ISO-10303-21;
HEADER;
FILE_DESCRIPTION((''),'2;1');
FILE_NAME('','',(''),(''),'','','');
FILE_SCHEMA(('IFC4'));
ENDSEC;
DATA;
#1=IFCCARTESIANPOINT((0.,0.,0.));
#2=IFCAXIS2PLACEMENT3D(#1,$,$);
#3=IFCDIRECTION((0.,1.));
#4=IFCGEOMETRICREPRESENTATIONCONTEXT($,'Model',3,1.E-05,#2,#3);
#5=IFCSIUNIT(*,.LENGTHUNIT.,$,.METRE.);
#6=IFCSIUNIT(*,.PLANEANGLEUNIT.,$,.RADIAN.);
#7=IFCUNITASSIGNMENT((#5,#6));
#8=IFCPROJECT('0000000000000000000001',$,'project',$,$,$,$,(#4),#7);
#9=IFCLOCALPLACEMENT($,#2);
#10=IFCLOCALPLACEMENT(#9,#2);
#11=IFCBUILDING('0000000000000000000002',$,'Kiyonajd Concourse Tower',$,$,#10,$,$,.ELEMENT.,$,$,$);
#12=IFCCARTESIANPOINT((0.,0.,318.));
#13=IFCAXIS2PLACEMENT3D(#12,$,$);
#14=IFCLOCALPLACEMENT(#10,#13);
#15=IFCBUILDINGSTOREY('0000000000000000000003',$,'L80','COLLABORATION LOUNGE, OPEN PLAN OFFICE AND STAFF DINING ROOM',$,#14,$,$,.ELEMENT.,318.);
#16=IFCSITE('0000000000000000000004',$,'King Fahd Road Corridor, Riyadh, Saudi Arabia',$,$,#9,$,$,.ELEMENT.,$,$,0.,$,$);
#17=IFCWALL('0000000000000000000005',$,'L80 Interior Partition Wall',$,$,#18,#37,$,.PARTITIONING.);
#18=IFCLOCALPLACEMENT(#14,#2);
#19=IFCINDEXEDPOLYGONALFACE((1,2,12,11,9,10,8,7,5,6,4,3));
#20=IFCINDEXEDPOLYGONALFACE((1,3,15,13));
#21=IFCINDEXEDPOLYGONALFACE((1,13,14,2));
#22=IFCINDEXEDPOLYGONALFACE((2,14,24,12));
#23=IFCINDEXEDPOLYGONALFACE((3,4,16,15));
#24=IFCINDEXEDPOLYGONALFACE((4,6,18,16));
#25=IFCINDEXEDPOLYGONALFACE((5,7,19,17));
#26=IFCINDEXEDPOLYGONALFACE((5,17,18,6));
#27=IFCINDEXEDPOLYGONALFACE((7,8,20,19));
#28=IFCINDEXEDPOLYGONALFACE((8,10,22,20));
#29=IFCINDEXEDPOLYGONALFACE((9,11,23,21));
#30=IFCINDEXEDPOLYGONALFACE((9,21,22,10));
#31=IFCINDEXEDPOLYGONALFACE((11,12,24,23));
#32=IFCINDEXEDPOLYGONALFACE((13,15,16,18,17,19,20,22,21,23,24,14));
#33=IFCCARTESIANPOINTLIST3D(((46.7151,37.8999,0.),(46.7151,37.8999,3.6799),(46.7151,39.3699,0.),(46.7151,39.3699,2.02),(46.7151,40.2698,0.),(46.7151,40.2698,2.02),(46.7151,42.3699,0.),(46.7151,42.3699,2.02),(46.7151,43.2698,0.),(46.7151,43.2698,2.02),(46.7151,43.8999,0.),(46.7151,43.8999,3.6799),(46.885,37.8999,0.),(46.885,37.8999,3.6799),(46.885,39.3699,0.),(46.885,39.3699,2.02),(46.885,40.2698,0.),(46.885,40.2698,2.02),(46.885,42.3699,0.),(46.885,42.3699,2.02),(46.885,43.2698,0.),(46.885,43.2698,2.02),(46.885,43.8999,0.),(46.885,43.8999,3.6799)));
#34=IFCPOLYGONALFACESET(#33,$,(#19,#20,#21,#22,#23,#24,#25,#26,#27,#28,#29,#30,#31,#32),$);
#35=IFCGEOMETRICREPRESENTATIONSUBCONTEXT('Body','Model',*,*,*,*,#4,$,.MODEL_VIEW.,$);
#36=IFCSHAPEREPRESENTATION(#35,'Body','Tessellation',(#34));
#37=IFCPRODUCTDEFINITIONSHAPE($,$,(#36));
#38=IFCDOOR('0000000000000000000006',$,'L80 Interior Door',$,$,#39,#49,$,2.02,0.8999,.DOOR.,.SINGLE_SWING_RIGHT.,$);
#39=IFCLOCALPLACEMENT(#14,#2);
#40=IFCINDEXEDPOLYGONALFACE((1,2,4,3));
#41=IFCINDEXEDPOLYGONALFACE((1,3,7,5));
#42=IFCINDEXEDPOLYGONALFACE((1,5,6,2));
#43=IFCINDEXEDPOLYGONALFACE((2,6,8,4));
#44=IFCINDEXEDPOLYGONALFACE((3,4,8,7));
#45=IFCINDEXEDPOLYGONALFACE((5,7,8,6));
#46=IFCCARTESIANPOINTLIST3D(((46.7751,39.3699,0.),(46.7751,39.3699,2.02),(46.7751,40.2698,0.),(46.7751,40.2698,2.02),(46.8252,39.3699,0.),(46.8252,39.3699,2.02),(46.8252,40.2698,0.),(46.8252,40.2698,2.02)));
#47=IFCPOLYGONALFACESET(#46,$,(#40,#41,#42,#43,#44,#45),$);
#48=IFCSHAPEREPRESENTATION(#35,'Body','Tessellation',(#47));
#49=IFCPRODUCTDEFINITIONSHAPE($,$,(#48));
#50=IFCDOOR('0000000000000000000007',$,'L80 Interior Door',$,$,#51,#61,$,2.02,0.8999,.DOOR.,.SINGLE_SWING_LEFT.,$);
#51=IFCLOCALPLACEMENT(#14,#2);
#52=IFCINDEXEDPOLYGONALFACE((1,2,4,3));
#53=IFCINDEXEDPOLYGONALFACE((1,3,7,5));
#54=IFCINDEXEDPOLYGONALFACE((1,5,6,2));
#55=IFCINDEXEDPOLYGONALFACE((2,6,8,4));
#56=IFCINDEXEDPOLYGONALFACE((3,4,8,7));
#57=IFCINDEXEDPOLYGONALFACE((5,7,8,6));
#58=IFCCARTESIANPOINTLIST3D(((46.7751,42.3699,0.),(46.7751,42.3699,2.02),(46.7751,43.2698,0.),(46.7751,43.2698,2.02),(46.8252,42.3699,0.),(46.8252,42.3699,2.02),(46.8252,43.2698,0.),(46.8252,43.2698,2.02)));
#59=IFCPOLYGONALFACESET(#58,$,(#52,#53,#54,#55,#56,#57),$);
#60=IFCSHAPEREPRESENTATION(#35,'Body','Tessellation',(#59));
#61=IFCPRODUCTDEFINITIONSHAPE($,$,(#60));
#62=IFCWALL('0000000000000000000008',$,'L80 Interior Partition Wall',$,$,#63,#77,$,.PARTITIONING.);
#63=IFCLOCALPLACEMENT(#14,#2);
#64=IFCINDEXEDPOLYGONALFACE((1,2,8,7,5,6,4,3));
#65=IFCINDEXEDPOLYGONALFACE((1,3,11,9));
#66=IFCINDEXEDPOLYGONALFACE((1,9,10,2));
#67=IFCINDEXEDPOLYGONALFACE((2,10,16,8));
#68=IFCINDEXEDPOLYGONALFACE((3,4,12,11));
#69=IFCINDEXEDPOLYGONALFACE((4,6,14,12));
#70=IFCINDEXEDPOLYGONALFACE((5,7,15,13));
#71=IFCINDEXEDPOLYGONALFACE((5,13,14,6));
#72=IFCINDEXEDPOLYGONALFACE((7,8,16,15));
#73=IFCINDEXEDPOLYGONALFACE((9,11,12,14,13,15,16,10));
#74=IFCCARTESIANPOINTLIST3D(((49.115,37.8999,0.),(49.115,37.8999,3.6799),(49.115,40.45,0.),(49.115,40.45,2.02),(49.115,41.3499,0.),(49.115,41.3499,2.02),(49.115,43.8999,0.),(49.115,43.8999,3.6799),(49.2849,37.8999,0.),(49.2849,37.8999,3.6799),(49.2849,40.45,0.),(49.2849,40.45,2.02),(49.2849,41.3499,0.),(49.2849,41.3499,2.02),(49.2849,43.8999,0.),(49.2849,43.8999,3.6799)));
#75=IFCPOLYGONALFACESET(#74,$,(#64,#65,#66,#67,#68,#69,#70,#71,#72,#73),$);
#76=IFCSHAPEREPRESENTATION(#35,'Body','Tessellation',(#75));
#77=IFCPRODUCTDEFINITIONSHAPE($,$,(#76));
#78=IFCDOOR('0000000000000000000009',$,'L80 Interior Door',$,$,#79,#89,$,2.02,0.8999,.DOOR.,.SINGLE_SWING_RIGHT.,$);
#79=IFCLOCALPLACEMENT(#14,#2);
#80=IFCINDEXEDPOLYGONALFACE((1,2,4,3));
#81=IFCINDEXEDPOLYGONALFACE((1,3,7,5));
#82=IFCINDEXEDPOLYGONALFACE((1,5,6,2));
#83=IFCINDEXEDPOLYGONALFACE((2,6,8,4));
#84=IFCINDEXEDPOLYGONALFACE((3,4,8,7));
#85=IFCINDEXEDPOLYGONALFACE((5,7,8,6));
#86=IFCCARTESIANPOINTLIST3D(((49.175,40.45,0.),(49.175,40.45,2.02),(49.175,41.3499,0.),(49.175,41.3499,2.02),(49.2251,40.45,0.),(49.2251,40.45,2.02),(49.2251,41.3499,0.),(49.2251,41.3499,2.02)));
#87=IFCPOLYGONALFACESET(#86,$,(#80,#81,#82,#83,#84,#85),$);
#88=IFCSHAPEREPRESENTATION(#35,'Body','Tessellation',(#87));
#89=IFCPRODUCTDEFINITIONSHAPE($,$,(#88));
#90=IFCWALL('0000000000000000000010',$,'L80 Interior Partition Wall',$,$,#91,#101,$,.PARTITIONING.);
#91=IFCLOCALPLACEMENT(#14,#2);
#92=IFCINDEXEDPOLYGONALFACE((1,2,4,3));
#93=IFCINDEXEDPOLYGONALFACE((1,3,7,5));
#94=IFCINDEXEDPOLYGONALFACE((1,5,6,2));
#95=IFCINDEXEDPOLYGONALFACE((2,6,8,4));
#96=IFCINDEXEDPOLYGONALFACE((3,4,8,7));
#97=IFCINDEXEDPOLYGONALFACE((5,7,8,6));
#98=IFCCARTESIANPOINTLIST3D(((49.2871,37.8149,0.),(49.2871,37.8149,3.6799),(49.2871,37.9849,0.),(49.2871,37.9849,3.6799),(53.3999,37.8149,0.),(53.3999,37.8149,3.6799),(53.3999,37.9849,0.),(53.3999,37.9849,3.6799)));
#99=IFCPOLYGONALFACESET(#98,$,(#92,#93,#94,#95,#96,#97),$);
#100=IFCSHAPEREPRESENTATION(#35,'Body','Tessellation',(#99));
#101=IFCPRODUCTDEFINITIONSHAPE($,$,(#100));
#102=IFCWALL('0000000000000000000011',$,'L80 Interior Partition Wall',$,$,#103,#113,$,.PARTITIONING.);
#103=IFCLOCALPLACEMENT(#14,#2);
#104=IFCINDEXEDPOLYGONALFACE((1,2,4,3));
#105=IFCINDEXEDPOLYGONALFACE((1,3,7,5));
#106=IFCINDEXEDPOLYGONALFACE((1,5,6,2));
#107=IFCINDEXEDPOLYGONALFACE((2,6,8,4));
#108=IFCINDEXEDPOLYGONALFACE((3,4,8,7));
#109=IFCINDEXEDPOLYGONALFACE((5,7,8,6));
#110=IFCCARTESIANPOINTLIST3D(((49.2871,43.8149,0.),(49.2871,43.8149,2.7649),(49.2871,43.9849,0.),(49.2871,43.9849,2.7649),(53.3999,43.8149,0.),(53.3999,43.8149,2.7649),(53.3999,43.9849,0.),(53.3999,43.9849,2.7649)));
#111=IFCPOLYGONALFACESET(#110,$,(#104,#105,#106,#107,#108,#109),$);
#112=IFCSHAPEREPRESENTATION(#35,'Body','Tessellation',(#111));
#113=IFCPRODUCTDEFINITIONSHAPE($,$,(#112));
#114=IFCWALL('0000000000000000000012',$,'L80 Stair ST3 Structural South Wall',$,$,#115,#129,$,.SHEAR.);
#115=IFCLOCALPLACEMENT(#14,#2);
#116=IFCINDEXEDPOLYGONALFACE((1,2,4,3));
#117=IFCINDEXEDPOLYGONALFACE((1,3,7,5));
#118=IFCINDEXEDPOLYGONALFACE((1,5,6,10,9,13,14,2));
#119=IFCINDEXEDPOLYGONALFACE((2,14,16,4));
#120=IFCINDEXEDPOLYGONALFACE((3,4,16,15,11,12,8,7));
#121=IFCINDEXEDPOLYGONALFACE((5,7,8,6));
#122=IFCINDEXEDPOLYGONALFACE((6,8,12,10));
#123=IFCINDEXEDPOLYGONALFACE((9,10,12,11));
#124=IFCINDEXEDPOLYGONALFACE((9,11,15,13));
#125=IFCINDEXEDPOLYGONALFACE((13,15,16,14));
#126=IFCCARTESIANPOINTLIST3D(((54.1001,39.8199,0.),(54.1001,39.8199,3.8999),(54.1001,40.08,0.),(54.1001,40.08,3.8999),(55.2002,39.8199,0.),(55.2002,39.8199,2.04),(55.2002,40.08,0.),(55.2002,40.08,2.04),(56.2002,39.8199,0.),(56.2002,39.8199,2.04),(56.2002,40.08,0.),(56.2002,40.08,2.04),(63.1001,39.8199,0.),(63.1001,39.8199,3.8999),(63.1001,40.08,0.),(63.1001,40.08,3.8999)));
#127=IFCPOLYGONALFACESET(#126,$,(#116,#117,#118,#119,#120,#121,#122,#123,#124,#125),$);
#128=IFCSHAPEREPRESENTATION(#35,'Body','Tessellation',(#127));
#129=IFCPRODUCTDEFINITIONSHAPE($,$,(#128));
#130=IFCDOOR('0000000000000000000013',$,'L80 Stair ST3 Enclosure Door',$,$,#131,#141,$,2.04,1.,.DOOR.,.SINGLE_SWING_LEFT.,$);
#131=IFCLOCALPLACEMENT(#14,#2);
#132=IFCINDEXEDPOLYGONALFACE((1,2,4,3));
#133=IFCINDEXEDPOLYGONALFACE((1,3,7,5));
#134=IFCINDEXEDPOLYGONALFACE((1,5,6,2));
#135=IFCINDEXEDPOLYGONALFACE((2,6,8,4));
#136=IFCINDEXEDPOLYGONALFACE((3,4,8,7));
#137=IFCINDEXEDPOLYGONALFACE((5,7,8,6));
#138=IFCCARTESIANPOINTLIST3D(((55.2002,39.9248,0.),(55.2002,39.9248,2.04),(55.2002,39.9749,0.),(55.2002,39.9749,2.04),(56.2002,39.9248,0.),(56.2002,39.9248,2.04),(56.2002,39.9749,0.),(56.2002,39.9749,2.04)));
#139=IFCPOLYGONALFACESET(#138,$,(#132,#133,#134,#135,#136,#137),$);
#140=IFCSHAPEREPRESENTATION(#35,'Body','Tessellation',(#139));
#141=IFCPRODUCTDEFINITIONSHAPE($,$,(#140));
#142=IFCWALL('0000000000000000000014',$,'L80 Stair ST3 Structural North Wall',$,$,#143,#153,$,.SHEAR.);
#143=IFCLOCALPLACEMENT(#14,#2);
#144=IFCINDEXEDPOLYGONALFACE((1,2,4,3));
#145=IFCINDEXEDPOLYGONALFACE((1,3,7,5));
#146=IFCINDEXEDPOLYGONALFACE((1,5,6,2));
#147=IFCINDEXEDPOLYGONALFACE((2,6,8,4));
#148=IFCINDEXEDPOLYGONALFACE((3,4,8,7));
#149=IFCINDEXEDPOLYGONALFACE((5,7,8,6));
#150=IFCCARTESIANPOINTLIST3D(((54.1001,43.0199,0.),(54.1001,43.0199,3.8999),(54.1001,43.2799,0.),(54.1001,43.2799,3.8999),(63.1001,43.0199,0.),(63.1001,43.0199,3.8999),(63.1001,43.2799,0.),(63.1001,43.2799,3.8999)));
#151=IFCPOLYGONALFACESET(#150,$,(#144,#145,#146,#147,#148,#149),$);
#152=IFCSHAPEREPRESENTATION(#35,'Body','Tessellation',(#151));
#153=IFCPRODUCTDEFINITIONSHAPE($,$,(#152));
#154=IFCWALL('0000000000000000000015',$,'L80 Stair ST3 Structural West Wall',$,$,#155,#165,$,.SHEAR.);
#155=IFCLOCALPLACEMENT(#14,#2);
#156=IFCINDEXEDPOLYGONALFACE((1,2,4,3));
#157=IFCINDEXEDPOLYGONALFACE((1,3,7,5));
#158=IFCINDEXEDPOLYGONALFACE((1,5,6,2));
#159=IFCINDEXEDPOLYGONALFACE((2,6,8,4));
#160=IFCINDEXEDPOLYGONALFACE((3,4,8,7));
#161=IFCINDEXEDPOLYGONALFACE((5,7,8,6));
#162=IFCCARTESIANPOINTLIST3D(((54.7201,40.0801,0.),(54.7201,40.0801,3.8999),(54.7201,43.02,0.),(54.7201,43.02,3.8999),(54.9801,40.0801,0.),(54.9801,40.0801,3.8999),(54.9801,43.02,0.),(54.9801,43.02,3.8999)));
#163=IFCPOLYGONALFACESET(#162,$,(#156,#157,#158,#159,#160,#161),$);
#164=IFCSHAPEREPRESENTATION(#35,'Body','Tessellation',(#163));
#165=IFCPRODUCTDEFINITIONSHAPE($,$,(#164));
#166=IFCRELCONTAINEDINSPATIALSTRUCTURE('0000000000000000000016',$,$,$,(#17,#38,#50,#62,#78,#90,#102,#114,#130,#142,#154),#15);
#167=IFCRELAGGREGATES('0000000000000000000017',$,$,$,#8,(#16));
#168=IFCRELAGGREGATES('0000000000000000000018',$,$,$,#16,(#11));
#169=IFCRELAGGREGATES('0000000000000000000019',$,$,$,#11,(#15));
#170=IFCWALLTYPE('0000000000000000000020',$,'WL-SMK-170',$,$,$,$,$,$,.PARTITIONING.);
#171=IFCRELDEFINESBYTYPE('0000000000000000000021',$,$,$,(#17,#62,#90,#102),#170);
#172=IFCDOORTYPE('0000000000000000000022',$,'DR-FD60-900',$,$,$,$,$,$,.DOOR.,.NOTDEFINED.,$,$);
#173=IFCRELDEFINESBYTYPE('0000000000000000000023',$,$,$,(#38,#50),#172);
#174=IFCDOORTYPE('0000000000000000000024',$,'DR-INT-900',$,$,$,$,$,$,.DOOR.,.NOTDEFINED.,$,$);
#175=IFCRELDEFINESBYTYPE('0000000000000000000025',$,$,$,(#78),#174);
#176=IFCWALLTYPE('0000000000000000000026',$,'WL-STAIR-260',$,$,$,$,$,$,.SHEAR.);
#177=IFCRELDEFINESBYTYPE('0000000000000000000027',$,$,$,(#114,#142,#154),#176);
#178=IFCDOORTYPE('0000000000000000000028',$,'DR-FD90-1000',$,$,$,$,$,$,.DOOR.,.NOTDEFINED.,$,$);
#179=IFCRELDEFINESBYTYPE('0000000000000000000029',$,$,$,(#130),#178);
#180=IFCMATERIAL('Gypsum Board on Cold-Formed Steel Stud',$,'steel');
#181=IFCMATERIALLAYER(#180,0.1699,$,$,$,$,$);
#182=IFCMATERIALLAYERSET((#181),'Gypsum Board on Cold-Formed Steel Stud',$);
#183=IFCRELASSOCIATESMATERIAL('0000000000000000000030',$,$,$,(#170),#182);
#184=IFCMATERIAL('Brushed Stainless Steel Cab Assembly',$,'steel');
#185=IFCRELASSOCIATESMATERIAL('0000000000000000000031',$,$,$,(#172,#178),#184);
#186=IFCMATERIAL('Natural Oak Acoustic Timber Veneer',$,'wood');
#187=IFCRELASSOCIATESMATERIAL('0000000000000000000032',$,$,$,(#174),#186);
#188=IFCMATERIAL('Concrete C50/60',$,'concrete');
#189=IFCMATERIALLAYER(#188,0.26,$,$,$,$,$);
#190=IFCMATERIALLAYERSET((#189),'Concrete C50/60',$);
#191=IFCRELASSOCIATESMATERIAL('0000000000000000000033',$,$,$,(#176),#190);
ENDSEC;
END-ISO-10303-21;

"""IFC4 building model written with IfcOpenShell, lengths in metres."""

from ifc_helpers import new_model, si_unit, direction, frame, frame_2d, origin, place, context, subcontext, project, spatial, rectangle, extrude, material, layer, layer_set, type_object, element, fill, save


model = new_model("IFC4")

# Units and contexts
model_context = context("Model", 3, precision=1e-05, world=origin(), true_north=direction((0.0, 1.0)))
body_context = subcontext(model_context, "Body", "Model", "MODEL_VIEW")
ifc_project = project(units=[si_unit("LENGTHUNIT", "METRE"), si_unit("PLANEANGLEUNIT", "RADIAN")], contexts=[model_context])

# Site, building, storey
site_placement = place(None, origin())
site = spatial("IfcSite", under=ifc_project, at=site_placement, Name="King Fahd Road Corridor, Riyadh, Saudi Arabia", CompositionType="ELEMENT", RefElevation=0.0)
building_placement = place(site_placement, origin())
building = spatial("IfcBuilding", under=site, at=building_placement, Name="Kiyonajd Concourse Tower", CompositionType="ELEMENT")
storey_placement = place(building_placement, frame((0.0, 0.0, 318.0)))
storey = spatial("IfcBuildingStorey", under=building, at=storey_placement, Name="L80", Description="COLLABORATION LOUNGE, OPEN PLAN OFFICE AND STAFF DINING ROOM", CompositionType="ELEMENT", Elevation=318.0)

# Shared definitions
ifc_material_1 = material(Name="Concrete C50/60", Category="concrete")

# Shared definitions
ifc_material_2 = material(Name="Gypsum Board on Cold-Formed Steel Stud", Category="steel")
ifc_material_3 = material(Name="Brushed Stainless Steel Cab Assembly", Category="steel")

# Wall, openings, doors
ifc_layer_1 = layer(ifc_material_2, 0.1699)
ifc_layer_set_1 = layer_set([ifc_layer_1], Name="Gypsum Board on Cold-Formed Steel Stud")
wall_type_1 = type_object("IfcWallType", Name="WL-SMK-170", PredefinedType="PARTITIONING", material=ifc_layer_set_1)
wall_1_placement = place(storey_placement, frame((46.8, 37.8999, 0.0), z_axis=(0.0, 0.0, 1.0), x_axis=(0.0, 1.0, 0.0)))
wall_1 = element("IfcWall", 1, at=wall_1_placement, inside=storey, type_object=wall_type_1, Name="L80 Interior Partition Wall", PredefinedType="PARTITIONING", context=body_context, shape_type="SweptSolid", body=[
    extrude(rectangle(XDim=6.0, YDim=0.1699, at=frame_2d((3.0, 0.0))), origin(), (0.0, 0.0, 1.0), 3.6799),
])
opening_1_placement = place(wall_1_placement, frame((1.47, 0.0, 0.0)))
opening_1 = element("IfcOpeningElement", 2, at=opening_1_placement, cuts=wall_1, PredefinedType="OPENING", context=body_context, shape_type="SweptSolid", body=[
    extrude(rectangle(XDim=0.8999, YDim=2.02, at=frame_2d((0.45, 1.01))), frame((0.0, 0.095, 0.0), z_axis=(0.0, -1.0, 0.0), x_axis=(1.0, 0.0, 0.0)), (0.0, 0.0, 1.0), 0.1899),
])
opening_2_placement = place(wall_1_placement, frame((4.47, 0.0, 0.0)))
opening_2 = element("IfcOpeningElement", 3, at=opening_2_placement, cuts=wall_1, PredefinedType="OPENING", context=body_context, shape_type="SweptSolid", body=[
    extrude(rectangle(XDim=0.8999, YDim=2.02, at=frame_2d((0.45, 1.01))), frame((0.0, 0.095, 0.0), z_axis=(0.0, -1.0, 0.0), x_axis=(1.0, 0.0, 0.0)), (0.0, 0.0, 1.0), 0.1899),
])
door_type_1 = type_object("IfcDoorType", Name="DR-FD60-900", OperationType="NOTDEFINED", PredefinedType="DOOR", material=ifc_material_3)
door_1_placement = place(opening_1_placement, origin())
door_1 = element("IfcDoor", 4, at=door_1_placement, inside=storey, type_object=door_type_1, Name="L80 Interior Door", OperationType="SINGLE_SWING_RIGHT", OverallHeight=2.02, OverallWidth=0.8999, PredefinedType="DOOR", context=body_context, shape_type="SweptSolid", body=[
    extrude(rectangle(XDim=0.8999, YDim=2.02, at=frame_2d((0.45, 1.01))), frame((0.0, 0.0249, 0.0), z_axis=(0.0, -1.0, 0.0), x_axis=(1.0, 0.0, 0.0)), (0.0, 0.0, 1.0), 0.05),
])
fill(opening_1, door_1)
door_2_placement = place(opening_2_placement, origin())
door_2 = element("IfcDoor", 5, at=door_2_placement, inside=storey, type_object=door_type_1, Name="L80 Interior Door", OperationType="SINGLE_SWING_LEFT", OverallHeight=2.02, OverallWidth=0.8999, PredefinedType="DOOR", context=body_context, shape_type="SweptSolid", body=[
    extrude(rectangle(XDim=0.8999, YDim=2.02, at=frame_2d((0.45, 1.01))), frame((0.0, 0.0249, 0.0), z_axis=(0.0, -1.0, 0.0), x_axis=(1.0, 0.0, 0.0)), (0.0, 0.0, 1.0), 0.05),
])
fill(opening_2, door_2)

# Wall, opening, door
wall_2_placement = place(storey_placement, frame((49.2, 37.8999, 0.0), z_axis=(0.0, 0.0, 1.0), x_axis=(0.0, 1.0, 0.0)))
wall_2 = element("IfcWall", 6, at=wall_2_placement, inside=storey, type_object=wall_type_1, Name="L80 Interior Partition Wall", PredefinedType="PARTITIONING", context=body_context, shape_type="SweptSolid", body=[
    extrude(rectangle(XDim=6.0, YDim=0.1699, at=frame_2d((3.0, 0.0))), origin(), (0.0, 0.0, 1.0), 3.6799),
])
opening_3_placement = place(wall_2_placement, frame((2.55, 0.0, 0.0)))
opening_3 = element("IfcOpeningElement", 7, at=opening_3_placement, cuts=wall_2, PredefinedType="OPENING", context=body_context, shape_type="SweptSolid", body=[
    extrude(rectangle(XDim=0.8999, YDim=2.02, at=frame_2d((0.45, 1.01))), frame((0.0, 0.095, 0.0), z_axis=(0.0, -1.0, 0.0), x_axis=(1.0, 0.0, 0.0)), (0.0, 0.0, 1.0), 0.1899),
])
ifc_material_4 = material(Name="Natural Oak Acoustic Timber Veneer", Category="wood")
door_type_2 = type_object("IfcDoorType", Name="DR-INT-900", OperationType="NOTDEFINED", PredefinedType="DOOR", material=ifc_material_4)
door_3_placement = place(opening_3_placement, origin())
door_3 = element("IfcDoor", 8, at=door_3_placement, inside=storey, type_object=door_type_2, Name="L80 Interior Door", OperationType="SINGLE_SWING_RIGHT", OverallHeight=2.02, OverallWidth=0.8999, PredefinedType="DOOR", context=body_context, shape_type="SweptSolid", body=[
    extrude(rectangle(XDim=0.8999, YDim=2.02, at=frame_2d((0.45, 1.01))), frame((0.0, 0.0249, 0.0), z_axis=(0.0, -1.0, 0.0), x_axis=(1.0, 0.0, 0.0)), (0.0, 0.0, 1.0), 0.05),
])
fill(opening_3, door_3)

# Walls
wall_3_placement = place(storey_placement, frame((49.2871, 37.8999, 0.0), z_axis=(0.0, 0.0, 1.0), x_axis=(1.0, 0.0, 0.0)))
element("IfcWall", 9, at=wall_3_placement, inside=storey, type_object=wall_type_1, Name="L80 Interior Partition Wall", PredefinedType="PARTITIONING", context=body_context, shape_type="SweptSolid", body=[
    extrude(rectangle(XDim=4.1128, YDim=0.1699, at=frame_2d((2.0564, 0.0))), origin(), (0.0, 0.0, 1.0), 3.6799),
])
wall_4_placement = place(storey_placement, frame((49.2871, 43.8999, 0.0), z_axis=(0.0, 0.0, 1.0), x_axis=(1.0, 0.0, 0.0)))
element("IfcWall", 10, at=wall_4_placement, inside=storey, type_object=wall_type_1, Name="L80 Interior Partition Wall", PredefinedType="PARTITIONING", context=body_context, shape_type="SweptSolid", body=[
    extrude(rectangle(XDim=4.1128, YDim=0.1699, at=frame_2d((2.0564, 0.0))), origin(), (0.0, 0.0, 1.0), 2.7649),
])

# Wall, opening, door
ifc_layer_2 = layer(ifc_material_1, 0.26)
ifc_layer_set_2 = layer_set([ifc_layer_2], Name="Concrete C50/60")
wall_type_2 = type_object("IfcWallType", Name="WL-STAIR-260", PredefinedType="SHEAR", material=ifc_layer_set_2)
wall_5_placement = place(storey_placement, frame((54.1001, 39.95, 0.0), z_axis=(0.0, 0.0, 1.0), x_axis=(1.0, 0.0, 0.0)))
wall_5 = element("IfcWall", 11, at=wall_5_placement, inside=storey, type_object=wall_type_2, Name="L80 Stair ST3 Structural South Wall", PredefinedType="SHEAR", context=body_context, shape_type="SweptSolid", body=[
    extrude(rectangle(XDim=9.0, YDim=0.26, at=frame_2d((4.5, 0.0))), origin(), (0.0, 0.0, 1.0), 3.8999),
])
opening_4_placement = place(wall_5_placement, frame((1.1001, 0.0, 0.0)))
opening_4 = element("IfcOpeningElement", 12, at=opening_4_placement, cuts=wall_5, PredefinedType="OPENING", context=body_context, shape_type="SweptSolid", body=[
    extrude(rectangle(XDim=1.0, YDim=2.04, at=frame_2d((0.5, 1.02))), frame((0.0, 0.1399, 0.0), z_axis=(0.0, -1.0, 0.0), x_axis=(1.0, 0.0, 0.0)), (0.0, 0.0, 1.0), 0.28),
])
door_type_3 = type_object("IfcDoorType", Name="DR-FD90-1000", OperationType="NOTDEFINED", PredefinedType="DOOR", material=ifc_material_3)
door_4_placement = place(opening_4_placement, origin())
door_4 = element("IfcDoor", 13, at=door_4_placement, inside=storey, type_object=door_type_3, Name="L80 Stair ST3 Enclosure Door", OperationType="SINGLE_SWING_LEFT", OverallHeight=2.04, OverallWidth=1.0, PredefinedType="DOOR", context=body_context, shape_type="SweptSolid", body=[
    extrude(rectangle(XDim=1.0, YDim=2.04, at=frame_2d((0.5, 1.02))), frame((0.0, 0.0249, 0.0), z_axis=(0.0, -1.0, 0.0), x_axis=(1.0, 0.0, 0.0)), (0.0, 0.0, 1.0), 0.05),
])
fill(opening_4, door_4)

# Walls
wall_6_placement = place(storey_placement, frame((54.1001, 43.1499, 0.0), z_axis=(0.0, 0.0, 1.0), x_axis=(1.0, 0.0, 0.0)))
element("IfcWall", 14, at=wall_6_placement, inside=storey, type_object=wall_type_2, Name="L80 Stair ST3 Structural North Wall", PredefinedType="SHEAR", context=body_context, shape_type="SweptSolid", body=[
    extrude(rectangle(XDim=9.0, YDim=0.26, at=frame_2d((4.5, 0.0))), origin(), (0.0, 0.0, 1.0), 3.8999),
])
wall_7_placement = place(storey_placement, frame((54.8501, 40.0801, 0.0), z_axis=(0.0, 0.0, 1.0), x_axis=(0.0, 1.0, 0.0)))
element("IfcWall", 15, at=wall_7_placement, inside=storey, type_object=wall_type_2, Name="L80 Stair ST3 Structural West Wall", PredefinedType="SHEAR", context=body_context, shape_type="SweptSolid", body=[
    extrude(rectangle(XDim=2.9399, YDim=0.26, at=frame_2d((1.47, 0.0))), origin(), (0.0, 0.0, 1.0), 3.8999),
])

save(model, "model.ifc")
